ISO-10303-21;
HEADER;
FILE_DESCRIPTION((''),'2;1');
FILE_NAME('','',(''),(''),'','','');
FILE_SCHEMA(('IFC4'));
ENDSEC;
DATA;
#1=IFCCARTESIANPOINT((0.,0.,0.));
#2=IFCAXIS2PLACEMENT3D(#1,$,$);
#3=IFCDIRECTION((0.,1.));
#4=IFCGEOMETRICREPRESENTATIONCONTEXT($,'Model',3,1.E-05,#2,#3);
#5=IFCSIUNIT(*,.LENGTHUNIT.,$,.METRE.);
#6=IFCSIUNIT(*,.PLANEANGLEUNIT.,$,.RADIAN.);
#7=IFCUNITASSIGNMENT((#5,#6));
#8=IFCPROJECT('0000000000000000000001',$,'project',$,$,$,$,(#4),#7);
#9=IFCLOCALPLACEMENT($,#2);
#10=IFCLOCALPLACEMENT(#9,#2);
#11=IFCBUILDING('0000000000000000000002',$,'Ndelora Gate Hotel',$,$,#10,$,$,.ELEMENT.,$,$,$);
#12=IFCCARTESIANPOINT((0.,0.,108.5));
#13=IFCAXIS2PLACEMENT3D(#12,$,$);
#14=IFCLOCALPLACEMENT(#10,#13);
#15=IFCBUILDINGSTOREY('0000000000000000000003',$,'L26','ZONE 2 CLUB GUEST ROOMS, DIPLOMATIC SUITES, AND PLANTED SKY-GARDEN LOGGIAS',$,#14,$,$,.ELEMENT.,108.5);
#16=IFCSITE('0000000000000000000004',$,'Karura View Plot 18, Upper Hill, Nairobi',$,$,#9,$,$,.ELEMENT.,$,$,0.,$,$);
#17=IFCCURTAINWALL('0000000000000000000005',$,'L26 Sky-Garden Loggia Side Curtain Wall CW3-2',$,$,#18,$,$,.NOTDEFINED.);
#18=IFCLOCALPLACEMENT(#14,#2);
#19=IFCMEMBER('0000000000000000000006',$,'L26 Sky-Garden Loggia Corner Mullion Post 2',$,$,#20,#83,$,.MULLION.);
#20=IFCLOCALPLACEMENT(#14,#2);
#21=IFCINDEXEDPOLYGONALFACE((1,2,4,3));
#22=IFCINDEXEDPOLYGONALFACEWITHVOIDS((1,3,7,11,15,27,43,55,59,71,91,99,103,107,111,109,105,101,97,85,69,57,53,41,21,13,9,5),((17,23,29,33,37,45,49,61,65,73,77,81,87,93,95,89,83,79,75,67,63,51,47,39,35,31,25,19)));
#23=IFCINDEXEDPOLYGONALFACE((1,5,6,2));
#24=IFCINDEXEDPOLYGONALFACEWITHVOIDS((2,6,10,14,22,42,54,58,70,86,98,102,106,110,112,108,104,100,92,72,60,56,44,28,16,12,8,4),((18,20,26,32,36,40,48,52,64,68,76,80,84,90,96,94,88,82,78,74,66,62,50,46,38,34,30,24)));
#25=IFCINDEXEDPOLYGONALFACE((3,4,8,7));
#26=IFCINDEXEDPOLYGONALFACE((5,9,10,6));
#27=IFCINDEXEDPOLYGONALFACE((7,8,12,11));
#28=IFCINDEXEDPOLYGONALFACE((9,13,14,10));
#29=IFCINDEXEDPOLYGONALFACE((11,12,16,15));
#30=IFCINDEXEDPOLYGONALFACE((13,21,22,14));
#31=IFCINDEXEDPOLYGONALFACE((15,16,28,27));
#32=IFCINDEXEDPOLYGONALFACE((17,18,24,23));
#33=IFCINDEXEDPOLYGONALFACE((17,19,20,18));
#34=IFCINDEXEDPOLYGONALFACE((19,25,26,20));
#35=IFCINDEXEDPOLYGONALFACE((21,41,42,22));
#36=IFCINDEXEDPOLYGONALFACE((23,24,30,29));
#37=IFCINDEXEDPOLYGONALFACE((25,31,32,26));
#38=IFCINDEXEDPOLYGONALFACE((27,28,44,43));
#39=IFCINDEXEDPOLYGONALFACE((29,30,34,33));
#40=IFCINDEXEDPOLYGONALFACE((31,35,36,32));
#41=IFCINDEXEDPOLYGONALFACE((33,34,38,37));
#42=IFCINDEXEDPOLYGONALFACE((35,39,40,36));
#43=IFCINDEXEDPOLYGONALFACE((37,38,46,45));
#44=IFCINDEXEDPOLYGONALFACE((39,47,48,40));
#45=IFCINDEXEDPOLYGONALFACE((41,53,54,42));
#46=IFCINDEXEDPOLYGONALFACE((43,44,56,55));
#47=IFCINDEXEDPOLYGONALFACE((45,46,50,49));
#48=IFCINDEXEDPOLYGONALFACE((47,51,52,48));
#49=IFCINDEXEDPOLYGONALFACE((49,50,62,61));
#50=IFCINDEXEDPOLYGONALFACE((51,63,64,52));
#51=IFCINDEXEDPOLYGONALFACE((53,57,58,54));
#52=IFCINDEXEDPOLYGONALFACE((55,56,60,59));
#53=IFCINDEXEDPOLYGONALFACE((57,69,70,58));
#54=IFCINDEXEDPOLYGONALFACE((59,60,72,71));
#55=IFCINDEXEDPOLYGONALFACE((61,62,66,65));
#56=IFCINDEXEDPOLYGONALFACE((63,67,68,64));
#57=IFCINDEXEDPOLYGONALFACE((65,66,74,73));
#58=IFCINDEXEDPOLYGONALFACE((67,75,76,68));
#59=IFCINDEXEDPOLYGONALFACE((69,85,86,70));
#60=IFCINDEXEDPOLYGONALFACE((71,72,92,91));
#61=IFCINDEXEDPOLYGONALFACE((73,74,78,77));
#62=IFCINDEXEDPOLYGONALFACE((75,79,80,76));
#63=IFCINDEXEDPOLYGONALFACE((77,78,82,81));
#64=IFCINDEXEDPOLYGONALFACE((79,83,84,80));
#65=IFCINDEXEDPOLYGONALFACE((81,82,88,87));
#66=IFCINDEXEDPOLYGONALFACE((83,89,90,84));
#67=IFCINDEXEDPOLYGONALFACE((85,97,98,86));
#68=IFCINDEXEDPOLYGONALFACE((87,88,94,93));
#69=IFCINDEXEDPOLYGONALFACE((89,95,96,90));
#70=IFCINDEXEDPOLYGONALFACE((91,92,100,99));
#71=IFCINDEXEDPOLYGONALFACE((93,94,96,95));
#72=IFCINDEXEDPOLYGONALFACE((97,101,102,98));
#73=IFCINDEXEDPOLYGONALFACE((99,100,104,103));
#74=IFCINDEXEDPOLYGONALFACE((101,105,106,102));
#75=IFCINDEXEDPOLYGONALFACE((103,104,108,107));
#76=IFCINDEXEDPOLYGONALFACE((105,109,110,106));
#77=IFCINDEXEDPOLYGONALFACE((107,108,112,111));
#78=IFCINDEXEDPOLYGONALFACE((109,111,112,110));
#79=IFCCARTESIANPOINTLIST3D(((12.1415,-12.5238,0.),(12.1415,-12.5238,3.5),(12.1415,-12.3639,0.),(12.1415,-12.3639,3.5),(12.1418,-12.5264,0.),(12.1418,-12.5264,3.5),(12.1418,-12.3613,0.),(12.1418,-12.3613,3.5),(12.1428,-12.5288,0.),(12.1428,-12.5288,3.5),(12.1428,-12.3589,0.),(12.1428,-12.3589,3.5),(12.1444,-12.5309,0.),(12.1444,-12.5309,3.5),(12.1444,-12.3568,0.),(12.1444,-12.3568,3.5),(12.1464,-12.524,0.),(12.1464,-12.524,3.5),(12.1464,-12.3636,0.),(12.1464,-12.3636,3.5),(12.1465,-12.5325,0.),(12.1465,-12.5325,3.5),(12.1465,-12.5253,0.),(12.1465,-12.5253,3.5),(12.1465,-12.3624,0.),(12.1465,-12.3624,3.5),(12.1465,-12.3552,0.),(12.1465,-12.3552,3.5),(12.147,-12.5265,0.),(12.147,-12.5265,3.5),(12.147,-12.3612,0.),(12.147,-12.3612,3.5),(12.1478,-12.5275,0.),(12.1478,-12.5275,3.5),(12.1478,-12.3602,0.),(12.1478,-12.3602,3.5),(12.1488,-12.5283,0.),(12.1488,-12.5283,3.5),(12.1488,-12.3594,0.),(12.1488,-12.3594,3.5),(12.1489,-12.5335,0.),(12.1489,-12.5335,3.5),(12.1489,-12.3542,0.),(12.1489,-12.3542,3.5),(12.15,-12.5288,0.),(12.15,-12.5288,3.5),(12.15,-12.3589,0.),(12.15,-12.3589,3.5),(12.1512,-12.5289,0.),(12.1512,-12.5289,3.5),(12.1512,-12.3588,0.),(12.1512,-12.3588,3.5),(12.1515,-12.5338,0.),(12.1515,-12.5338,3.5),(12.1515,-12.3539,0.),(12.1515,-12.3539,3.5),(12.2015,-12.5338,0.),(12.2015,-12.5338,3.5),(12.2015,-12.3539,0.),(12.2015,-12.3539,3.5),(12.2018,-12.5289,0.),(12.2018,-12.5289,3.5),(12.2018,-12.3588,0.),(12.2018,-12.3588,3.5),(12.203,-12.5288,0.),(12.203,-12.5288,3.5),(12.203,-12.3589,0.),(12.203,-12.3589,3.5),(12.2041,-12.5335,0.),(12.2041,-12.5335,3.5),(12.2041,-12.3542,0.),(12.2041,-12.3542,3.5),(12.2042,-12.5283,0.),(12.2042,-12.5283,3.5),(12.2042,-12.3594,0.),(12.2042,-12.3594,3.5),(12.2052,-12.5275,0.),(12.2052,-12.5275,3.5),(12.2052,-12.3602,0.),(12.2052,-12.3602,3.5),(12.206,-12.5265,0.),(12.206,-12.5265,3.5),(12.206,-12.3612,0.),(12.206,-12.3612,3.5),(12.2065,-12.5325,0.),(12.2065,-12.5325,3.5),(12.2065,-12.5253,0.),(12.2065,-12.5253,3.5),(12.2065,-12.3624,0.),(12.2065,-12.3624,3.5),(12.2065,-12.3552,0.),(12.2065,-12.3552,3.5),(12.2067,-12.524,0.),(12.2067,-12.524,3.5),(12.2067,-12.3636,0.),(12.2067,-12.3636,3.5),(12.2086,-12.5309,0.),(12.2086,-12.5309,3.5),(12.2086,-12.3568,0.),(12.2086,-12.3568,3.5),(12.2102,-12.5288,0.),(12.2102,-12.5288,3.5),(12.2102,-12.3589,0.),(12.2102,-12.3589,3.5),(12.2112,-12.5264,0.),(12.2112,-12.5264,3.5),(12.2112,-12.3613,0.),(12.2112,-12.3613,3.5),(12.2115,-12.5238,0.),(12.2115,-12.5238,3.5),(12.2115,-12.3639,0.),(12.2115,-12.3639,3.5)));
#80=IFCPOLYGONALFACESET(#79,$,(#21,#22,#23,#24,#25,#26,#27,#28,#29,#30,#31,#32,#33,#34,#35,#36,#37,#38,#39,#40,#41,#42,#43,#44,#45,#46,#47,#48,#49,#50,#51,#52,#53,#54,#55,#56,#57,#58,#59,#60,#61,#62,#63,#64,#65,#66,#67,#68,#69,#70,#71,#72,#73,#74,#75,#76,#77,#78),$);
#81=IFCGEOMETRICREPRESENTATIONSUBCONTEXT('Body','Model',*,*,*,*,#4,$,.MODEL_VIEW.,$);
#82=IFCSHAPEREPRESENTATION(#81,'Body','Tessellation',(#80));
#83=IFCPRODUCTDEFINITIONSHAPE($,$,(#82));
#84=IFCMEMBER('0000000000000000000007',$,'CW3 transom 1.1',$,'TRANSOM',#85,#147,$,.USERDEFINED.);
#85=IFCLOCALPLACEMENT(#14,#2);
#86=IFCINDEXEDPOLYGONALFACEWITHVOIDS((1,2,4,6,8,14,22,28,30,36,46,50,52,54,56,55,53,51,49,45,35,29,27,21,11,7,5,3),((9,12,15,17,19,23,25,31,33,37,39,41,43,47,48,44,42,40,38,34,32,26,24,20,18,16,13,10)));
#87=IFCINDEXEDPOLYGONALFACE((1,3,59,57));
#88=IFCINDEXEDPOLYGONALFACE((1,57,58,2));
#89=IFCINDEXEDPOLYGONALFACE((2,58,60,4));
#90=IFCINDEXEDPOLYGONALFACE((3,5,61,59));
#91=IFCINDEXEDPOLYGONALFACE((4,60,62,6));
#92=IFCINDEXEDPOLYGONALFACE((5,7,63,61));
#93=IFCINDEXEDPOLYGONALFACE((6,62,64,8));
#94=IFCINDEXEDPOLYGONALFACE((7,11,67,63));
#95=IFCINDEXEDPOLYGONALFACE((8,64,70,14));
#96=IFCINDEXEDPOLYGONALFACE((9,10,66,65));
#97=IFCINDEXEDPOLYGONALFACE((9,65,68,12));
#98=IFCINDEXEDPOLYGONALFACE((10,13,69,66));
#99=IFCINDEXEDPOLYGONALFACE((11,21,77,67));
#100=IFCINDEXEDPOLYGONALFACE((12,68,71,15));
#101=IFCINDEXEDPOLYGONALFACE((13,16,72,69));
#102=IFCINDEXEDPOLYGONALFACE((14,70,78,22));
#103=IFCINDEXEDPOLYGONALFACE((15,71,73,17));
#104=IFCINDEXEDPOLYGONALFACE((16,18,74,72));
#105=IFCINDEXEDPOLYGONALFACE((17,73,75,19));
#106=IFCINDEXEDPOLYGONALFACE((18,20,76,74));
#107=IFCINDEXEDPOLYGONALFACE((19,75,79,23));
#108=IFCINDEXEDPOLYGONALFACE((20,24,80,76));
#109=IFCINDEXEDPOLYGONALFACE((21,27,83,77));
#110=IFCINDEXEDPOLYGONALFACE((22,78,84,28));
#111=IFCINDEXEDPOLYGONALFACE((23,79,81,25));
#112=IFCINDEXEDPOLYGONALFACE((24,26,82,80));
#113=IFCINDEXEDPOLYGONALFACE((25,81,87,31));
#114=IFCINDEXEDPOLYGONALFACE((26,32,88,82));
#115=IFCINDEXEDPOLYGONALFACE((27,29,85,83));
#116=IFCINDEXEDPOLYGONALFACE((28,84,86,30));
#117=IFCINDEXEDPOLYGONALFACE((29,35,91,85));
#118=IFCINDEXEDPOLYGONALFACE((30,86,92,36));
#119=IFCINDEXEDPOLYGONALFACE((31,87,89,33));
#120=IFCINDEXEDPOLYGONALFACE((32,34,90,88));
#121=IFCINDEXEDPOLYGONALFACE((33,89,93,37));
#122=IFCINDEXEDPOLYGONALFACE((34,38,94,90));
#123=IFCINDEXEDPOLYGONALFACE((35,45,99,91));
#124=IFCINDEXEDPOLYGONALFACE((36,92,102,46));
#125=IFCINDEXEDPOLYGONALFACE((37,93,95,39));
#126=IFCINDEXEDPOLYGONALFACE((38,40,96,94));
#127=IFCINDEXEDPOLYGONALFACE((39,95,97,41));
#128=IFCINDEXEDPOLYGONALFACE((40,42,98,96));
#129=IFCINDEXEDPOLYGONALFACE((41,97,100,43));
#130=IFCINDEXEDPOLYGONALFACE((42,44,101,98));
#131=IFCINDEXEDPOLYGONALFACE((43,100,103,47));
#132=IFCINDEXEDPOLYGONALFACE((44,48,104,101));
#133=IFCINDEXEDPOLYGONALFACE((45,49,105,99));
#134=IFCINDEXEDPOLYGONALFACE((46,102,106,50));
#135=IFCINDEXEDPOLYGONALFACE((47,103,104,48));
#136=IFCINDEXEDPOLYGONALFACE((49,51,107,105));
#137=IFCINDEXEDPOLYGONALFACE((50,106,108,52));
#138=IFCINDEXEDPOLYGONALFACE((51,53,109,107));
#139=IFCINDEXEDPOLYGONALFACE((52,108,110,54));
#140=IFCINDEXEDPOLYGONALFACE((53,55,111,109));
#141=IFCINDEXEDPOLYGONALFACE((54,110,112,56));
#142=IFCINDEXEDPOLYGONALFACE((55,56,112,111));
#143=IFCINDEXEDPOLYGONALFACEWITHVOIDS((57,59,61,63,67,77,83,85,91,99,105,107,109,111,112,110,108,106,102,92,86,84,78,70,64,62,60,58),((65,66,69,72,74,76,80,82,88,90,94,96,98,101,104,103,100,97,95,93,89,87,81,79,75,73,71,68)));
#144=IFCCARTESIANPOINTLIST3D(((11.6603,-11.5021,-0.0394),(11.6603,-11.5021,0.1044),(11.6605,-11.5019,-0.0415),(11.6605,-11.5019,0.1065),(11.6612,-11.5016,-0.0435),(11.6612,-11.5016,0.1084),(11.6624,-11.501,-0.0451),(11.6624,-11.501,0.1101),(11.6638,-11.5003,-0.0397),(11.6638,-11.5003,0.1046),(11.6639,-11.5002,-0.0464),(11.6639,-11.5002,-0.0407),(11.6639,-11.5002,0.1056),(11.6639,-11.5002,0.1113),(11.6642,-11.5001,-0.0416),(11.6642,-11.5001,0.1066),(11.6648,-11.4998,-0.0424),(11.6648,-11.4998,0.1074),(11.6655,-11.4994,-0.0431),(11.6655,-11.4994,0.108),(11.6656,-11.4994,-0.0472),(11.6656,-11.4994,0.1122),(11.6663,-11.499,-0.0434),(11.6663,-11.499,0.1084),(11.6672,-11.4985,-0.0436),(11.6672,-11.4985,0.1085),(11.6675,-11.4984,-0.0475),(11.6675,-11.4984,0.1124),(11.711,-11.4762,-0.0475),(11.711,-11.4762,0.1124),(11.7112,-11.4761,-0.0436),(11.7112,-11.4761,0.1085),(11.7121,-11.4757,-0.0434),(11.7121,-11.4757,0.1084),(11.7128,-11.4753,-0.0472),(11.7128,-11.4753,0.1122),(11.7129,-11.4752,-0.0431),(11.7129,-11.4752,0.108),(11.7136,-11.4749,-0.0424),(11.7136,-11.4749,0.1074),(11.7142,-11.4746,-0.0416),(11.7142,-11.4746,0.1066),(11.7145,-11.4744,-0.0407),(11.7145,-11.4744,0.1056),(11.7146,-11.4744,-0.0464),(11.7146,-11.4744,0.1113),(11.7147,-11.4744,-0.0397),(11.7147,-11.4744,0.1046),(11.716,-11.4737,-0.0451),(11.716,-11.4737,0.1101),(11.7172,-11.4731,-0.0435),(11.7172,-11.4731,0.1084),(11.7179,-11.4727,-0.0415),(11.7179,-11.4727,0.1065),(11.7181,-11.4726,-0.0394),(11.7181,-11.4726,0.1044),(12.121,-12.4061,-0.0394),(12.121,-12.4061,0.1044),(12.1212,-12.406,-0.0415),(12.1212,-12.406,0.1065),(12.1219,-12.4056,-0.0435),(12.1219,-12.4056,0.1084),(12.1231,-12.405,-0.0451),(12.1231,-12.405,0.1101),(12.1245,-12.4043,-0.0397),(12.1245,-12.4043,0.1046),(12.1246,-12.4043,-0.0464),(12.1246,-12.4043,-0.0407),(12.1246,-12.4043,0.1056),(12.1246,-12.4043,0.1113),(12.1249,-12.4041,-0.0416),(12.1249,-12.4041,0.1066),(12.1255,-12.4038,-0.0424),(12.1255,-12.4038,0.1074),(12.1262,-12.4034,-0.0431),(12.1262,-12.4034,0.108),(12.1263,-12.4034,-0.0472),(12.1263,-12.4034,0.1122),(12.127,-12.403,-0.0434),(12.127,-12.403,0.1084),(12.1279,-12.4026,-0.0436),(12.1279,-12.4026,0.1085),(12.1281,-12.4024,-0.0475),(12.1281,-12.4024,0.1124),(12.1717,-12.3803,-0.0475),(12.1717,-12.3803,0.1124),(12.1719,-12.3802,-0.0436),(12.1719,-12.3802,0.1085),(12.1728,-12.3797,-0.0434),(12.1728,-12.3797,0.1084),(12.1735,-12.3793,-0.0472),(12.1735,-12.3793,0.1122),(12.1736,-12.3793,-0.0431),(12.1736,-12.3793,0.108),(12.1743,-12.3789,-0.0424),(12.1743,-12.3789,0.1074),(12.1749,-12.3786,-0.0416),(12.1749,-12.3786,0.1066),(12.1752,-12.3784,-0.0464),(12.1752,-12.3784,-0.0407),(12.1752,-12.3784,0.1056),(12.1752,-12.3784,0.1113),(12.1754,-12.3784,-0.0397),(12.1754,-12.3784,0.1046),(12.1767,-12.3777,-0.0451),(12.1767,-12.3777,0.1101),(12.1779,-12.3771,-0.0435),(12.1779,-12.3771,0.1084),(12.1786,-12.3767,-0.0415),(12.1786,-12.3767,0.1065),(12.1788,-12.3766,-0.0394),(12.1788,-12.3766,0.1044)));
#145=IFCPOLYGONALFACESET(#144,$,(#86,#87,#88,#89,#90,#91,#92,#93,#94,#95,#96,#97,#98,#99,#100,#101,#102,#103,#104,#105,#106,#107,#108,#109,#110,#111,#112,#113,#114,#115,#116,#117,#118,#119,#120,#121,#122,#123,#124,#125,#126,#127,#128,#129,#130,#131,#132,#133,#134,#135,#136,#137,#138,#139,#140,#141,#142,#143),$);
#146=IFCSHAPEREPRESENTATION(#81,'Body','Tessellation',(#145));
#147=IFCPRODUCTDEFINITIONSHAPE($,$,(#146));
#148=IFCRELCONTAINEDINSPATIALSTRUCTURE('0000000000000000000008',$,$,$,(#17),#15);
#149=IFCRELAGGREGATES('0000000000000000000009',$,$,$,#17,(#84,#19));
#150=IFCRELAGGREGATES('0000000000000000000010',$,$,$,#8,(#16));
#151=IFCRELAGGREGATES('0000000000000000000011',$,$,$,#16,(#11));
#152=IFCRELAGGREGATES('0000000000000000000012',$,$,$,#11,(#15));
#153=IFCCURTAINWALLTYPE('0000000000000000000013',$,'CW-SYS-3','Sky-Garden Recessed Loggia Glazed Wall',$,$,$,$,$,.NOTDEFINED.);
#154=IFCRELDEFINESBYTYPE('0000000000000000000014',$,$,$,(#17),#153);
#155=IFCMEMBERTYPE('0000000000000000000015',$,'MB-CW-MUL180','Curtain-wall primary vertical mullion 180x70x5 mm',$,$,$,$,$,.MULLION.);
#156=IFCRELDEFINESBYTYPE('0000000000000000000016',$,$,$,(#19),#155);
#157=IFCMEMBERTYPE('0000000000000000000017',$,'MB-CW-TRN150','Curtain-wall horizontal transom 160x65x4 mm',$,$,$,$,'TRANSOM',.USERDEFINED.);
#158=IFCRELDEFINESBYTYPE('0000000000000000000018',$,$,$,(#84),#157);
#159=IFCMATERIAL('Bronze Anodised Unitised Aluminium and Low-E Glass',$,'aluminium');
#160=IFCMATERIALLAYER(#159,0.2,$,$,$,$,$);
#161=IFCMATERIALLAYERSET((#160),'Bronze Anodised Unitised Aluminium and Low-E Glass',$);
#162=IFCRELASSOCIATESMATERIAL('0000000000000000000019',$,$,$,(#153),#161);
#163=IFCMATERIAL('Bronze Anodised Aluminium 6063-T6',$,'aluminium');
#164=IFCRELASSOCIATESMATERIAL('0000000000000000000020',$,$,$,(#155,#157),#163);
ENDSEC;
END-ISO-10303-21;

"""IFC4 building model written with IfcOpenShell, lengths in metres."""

from ifc_helpers import new_model, si_unit, direction, frame, origin, origin_2d, place, context, subcontext, project, spatial, hollow_rectangle, extrude, material, layer, layer_set, material_profile, profile_set, type_object, element, aggregate, save


model = new_model("IFC4")

# Units and contexts
model_context = context("Model", 3, precision=1e-05, world=origin(), true_north=direction((0.0, 1.0)))
body_context = subcontext(model_context, "Body", "Model", "MODEL_VIEW")
ifc_project = project(units=[si_unit("LENGTHUNIT", "METRE"), si_unit("PLANEANGLEUNIT", "RADIAN")], contexts=[model_context])

# Site, building, storey
site_placement = place(None, origin())
site = spatial("IfcSite", under=ifc_project, at=site_placement, Name="Karura View Plot 18, Upper Hill, Nairobi", CompositionType="ELEMENT", RefElevation=0.0)
building_placement = place(site_placement, origin())
building = spatial("IfcBuilding", under=site, at=building_placement, Name="Ndelora Gate Hotel", CompositionType="ELEMENT")
storey_placement = place(building_placement, frame((0.0, 0.0, 108.5)))
storey = spatial("IfcBuildingStorey", under=building, at=storey_placement, Name="L26", Description="ZONE 2 CLUB GUEST ROOMS, DIPLOMATIC SUITES, AND PLANTED SKY-GARDEN LOGGIAS", CompositionType="ELEMENT", Elevation=108.5)

# Curtain wall, members
ifc_material_1 = material(Name="Bronze Anodised Unitised Aluminium and Low-E Glass", Category="aluminium")
ifc_layer_1 = layer(ifc_material_1, 0.2)
ifc_layer_set_1 = layer_set([ifc_layer_1], Name="Bronze Anodised Unitised Aluminium and Low-E Glass")
curtain_wall_type = type_object("IfcCurtainWallType", Name="CW-SYS-3", Description="Sky-Garden Recessed Loggia Glazed Wall", PredefinedType="NOTDEFINED", material=ifc_layer_set_1)
curtain_wall_placement = place(storey_placement, origin())
curtain_wall = element("IfcCurtainWall", 1, at=curtain_wall_placement, inside=storey, type_object=curtain_wall_type, Name="L26 Sky-Garden Loggia Side Curtain Wall CW3-2", PredefinedType="NOTDEFINED")
ifc_material_2 = material(Name="Bronze Anodised Aluminium 6063-T6", Category="aluminium")
ifc_material_profile_1 = material_profile(ifc_material_2, hollow_rectangle(XDim=0.0701, YDim=0.1799, WallThickness=0.0049, InnerFilletRadius=0.0049, OuterFilletRadius=0.01, at=origin_2d()), Name="ALU 180x70x5")
ifc_profile_set_1 = profile_set([ifc_material_profile_1], Name="Bronze Anodised Aluminium 6063-T6")
member_type_1 = type_object("IfcMemberType", Name="MB-CW-MUL180", Description="Curtain-wall primary vertical mullion 180x70x5 mm", PredefinedType="MULLION", material=ifc_profile_set_1)
member_1_placement = place(storey_placement, frame((12.1765, -12.4438, 0.0), z_axis=(0.0, 0.0, 1.0), x_axis=(1.0, 0.0, 0.0)))
member_1 = element("IfcMember", 2, at=member_1_placement, type_object=member_type_1, Name="L26 Sky-Garden Loggia Corner Mullion Post 2", PredefinedType="MULLION", context=body_context, shape_type="SweptSolid", body=[
    extrude(hollow_rectangle(XDim=0.0701, YDim=0.1799, WallThickness=0.0049, InnerFilletRadius=0.0049, OuterFilletRadius=0.01, at=origin_2d()), origin(), (0.0, 0.0, 1.0), 3.5),
])
ifc_material_profile_2 = material_profile(ifc_material_2, hollow_rectangle(XDim=0.0649, YDim=0.1599, WallThickness=0.0039, InnerFilletRadius=0.0039, OuterFilletRadius=0.0081, at=origin_2d()), Name="ALU 160x65x4")
ifc_profile_set_2 = profile_set([ifc_material_profile_2], Name="Bronze Anodised Aluminium 6063-T6")
member_type_2 = type_object("IfcMemberType", Name="MB-CW-TRN150", Description="Curtain-wall horizontal transom 160x65x4 mm", ElementType="TRANSOM", PredefinedType="USERDEFINED", material=ifc_profile_set_2)
member_2_placement = place(storey_placement, frame((12.1499, -12.3914, 0.0325), z_axis=(-0.454034, 0.890984, 0.0), x_axis=(-0.890984, -0.454034, 0.0)))
member_2 = element("IfcMember", 3, at=member_2_placement, type_object=member_type_2, Name="CW3 transom 1.1", ObjectType="TRANSOM", PredefinedType="USERDEFINED", context=body_context, shape_type="SweptSolid", body=[
    extrude(hollow_rectangle(XDim=0.0649, YDim=0.1599, WallThickness=0.0039, InnerFilletRadius=0.0039, OuterFilletRadius=0.0081, at=origin_2d()), origin(), (0.0, 0.0, 1.0), 1.0146),
])
aggregate(curtain_wall, [member_2, member_1])

save(model, "model.ifc")
